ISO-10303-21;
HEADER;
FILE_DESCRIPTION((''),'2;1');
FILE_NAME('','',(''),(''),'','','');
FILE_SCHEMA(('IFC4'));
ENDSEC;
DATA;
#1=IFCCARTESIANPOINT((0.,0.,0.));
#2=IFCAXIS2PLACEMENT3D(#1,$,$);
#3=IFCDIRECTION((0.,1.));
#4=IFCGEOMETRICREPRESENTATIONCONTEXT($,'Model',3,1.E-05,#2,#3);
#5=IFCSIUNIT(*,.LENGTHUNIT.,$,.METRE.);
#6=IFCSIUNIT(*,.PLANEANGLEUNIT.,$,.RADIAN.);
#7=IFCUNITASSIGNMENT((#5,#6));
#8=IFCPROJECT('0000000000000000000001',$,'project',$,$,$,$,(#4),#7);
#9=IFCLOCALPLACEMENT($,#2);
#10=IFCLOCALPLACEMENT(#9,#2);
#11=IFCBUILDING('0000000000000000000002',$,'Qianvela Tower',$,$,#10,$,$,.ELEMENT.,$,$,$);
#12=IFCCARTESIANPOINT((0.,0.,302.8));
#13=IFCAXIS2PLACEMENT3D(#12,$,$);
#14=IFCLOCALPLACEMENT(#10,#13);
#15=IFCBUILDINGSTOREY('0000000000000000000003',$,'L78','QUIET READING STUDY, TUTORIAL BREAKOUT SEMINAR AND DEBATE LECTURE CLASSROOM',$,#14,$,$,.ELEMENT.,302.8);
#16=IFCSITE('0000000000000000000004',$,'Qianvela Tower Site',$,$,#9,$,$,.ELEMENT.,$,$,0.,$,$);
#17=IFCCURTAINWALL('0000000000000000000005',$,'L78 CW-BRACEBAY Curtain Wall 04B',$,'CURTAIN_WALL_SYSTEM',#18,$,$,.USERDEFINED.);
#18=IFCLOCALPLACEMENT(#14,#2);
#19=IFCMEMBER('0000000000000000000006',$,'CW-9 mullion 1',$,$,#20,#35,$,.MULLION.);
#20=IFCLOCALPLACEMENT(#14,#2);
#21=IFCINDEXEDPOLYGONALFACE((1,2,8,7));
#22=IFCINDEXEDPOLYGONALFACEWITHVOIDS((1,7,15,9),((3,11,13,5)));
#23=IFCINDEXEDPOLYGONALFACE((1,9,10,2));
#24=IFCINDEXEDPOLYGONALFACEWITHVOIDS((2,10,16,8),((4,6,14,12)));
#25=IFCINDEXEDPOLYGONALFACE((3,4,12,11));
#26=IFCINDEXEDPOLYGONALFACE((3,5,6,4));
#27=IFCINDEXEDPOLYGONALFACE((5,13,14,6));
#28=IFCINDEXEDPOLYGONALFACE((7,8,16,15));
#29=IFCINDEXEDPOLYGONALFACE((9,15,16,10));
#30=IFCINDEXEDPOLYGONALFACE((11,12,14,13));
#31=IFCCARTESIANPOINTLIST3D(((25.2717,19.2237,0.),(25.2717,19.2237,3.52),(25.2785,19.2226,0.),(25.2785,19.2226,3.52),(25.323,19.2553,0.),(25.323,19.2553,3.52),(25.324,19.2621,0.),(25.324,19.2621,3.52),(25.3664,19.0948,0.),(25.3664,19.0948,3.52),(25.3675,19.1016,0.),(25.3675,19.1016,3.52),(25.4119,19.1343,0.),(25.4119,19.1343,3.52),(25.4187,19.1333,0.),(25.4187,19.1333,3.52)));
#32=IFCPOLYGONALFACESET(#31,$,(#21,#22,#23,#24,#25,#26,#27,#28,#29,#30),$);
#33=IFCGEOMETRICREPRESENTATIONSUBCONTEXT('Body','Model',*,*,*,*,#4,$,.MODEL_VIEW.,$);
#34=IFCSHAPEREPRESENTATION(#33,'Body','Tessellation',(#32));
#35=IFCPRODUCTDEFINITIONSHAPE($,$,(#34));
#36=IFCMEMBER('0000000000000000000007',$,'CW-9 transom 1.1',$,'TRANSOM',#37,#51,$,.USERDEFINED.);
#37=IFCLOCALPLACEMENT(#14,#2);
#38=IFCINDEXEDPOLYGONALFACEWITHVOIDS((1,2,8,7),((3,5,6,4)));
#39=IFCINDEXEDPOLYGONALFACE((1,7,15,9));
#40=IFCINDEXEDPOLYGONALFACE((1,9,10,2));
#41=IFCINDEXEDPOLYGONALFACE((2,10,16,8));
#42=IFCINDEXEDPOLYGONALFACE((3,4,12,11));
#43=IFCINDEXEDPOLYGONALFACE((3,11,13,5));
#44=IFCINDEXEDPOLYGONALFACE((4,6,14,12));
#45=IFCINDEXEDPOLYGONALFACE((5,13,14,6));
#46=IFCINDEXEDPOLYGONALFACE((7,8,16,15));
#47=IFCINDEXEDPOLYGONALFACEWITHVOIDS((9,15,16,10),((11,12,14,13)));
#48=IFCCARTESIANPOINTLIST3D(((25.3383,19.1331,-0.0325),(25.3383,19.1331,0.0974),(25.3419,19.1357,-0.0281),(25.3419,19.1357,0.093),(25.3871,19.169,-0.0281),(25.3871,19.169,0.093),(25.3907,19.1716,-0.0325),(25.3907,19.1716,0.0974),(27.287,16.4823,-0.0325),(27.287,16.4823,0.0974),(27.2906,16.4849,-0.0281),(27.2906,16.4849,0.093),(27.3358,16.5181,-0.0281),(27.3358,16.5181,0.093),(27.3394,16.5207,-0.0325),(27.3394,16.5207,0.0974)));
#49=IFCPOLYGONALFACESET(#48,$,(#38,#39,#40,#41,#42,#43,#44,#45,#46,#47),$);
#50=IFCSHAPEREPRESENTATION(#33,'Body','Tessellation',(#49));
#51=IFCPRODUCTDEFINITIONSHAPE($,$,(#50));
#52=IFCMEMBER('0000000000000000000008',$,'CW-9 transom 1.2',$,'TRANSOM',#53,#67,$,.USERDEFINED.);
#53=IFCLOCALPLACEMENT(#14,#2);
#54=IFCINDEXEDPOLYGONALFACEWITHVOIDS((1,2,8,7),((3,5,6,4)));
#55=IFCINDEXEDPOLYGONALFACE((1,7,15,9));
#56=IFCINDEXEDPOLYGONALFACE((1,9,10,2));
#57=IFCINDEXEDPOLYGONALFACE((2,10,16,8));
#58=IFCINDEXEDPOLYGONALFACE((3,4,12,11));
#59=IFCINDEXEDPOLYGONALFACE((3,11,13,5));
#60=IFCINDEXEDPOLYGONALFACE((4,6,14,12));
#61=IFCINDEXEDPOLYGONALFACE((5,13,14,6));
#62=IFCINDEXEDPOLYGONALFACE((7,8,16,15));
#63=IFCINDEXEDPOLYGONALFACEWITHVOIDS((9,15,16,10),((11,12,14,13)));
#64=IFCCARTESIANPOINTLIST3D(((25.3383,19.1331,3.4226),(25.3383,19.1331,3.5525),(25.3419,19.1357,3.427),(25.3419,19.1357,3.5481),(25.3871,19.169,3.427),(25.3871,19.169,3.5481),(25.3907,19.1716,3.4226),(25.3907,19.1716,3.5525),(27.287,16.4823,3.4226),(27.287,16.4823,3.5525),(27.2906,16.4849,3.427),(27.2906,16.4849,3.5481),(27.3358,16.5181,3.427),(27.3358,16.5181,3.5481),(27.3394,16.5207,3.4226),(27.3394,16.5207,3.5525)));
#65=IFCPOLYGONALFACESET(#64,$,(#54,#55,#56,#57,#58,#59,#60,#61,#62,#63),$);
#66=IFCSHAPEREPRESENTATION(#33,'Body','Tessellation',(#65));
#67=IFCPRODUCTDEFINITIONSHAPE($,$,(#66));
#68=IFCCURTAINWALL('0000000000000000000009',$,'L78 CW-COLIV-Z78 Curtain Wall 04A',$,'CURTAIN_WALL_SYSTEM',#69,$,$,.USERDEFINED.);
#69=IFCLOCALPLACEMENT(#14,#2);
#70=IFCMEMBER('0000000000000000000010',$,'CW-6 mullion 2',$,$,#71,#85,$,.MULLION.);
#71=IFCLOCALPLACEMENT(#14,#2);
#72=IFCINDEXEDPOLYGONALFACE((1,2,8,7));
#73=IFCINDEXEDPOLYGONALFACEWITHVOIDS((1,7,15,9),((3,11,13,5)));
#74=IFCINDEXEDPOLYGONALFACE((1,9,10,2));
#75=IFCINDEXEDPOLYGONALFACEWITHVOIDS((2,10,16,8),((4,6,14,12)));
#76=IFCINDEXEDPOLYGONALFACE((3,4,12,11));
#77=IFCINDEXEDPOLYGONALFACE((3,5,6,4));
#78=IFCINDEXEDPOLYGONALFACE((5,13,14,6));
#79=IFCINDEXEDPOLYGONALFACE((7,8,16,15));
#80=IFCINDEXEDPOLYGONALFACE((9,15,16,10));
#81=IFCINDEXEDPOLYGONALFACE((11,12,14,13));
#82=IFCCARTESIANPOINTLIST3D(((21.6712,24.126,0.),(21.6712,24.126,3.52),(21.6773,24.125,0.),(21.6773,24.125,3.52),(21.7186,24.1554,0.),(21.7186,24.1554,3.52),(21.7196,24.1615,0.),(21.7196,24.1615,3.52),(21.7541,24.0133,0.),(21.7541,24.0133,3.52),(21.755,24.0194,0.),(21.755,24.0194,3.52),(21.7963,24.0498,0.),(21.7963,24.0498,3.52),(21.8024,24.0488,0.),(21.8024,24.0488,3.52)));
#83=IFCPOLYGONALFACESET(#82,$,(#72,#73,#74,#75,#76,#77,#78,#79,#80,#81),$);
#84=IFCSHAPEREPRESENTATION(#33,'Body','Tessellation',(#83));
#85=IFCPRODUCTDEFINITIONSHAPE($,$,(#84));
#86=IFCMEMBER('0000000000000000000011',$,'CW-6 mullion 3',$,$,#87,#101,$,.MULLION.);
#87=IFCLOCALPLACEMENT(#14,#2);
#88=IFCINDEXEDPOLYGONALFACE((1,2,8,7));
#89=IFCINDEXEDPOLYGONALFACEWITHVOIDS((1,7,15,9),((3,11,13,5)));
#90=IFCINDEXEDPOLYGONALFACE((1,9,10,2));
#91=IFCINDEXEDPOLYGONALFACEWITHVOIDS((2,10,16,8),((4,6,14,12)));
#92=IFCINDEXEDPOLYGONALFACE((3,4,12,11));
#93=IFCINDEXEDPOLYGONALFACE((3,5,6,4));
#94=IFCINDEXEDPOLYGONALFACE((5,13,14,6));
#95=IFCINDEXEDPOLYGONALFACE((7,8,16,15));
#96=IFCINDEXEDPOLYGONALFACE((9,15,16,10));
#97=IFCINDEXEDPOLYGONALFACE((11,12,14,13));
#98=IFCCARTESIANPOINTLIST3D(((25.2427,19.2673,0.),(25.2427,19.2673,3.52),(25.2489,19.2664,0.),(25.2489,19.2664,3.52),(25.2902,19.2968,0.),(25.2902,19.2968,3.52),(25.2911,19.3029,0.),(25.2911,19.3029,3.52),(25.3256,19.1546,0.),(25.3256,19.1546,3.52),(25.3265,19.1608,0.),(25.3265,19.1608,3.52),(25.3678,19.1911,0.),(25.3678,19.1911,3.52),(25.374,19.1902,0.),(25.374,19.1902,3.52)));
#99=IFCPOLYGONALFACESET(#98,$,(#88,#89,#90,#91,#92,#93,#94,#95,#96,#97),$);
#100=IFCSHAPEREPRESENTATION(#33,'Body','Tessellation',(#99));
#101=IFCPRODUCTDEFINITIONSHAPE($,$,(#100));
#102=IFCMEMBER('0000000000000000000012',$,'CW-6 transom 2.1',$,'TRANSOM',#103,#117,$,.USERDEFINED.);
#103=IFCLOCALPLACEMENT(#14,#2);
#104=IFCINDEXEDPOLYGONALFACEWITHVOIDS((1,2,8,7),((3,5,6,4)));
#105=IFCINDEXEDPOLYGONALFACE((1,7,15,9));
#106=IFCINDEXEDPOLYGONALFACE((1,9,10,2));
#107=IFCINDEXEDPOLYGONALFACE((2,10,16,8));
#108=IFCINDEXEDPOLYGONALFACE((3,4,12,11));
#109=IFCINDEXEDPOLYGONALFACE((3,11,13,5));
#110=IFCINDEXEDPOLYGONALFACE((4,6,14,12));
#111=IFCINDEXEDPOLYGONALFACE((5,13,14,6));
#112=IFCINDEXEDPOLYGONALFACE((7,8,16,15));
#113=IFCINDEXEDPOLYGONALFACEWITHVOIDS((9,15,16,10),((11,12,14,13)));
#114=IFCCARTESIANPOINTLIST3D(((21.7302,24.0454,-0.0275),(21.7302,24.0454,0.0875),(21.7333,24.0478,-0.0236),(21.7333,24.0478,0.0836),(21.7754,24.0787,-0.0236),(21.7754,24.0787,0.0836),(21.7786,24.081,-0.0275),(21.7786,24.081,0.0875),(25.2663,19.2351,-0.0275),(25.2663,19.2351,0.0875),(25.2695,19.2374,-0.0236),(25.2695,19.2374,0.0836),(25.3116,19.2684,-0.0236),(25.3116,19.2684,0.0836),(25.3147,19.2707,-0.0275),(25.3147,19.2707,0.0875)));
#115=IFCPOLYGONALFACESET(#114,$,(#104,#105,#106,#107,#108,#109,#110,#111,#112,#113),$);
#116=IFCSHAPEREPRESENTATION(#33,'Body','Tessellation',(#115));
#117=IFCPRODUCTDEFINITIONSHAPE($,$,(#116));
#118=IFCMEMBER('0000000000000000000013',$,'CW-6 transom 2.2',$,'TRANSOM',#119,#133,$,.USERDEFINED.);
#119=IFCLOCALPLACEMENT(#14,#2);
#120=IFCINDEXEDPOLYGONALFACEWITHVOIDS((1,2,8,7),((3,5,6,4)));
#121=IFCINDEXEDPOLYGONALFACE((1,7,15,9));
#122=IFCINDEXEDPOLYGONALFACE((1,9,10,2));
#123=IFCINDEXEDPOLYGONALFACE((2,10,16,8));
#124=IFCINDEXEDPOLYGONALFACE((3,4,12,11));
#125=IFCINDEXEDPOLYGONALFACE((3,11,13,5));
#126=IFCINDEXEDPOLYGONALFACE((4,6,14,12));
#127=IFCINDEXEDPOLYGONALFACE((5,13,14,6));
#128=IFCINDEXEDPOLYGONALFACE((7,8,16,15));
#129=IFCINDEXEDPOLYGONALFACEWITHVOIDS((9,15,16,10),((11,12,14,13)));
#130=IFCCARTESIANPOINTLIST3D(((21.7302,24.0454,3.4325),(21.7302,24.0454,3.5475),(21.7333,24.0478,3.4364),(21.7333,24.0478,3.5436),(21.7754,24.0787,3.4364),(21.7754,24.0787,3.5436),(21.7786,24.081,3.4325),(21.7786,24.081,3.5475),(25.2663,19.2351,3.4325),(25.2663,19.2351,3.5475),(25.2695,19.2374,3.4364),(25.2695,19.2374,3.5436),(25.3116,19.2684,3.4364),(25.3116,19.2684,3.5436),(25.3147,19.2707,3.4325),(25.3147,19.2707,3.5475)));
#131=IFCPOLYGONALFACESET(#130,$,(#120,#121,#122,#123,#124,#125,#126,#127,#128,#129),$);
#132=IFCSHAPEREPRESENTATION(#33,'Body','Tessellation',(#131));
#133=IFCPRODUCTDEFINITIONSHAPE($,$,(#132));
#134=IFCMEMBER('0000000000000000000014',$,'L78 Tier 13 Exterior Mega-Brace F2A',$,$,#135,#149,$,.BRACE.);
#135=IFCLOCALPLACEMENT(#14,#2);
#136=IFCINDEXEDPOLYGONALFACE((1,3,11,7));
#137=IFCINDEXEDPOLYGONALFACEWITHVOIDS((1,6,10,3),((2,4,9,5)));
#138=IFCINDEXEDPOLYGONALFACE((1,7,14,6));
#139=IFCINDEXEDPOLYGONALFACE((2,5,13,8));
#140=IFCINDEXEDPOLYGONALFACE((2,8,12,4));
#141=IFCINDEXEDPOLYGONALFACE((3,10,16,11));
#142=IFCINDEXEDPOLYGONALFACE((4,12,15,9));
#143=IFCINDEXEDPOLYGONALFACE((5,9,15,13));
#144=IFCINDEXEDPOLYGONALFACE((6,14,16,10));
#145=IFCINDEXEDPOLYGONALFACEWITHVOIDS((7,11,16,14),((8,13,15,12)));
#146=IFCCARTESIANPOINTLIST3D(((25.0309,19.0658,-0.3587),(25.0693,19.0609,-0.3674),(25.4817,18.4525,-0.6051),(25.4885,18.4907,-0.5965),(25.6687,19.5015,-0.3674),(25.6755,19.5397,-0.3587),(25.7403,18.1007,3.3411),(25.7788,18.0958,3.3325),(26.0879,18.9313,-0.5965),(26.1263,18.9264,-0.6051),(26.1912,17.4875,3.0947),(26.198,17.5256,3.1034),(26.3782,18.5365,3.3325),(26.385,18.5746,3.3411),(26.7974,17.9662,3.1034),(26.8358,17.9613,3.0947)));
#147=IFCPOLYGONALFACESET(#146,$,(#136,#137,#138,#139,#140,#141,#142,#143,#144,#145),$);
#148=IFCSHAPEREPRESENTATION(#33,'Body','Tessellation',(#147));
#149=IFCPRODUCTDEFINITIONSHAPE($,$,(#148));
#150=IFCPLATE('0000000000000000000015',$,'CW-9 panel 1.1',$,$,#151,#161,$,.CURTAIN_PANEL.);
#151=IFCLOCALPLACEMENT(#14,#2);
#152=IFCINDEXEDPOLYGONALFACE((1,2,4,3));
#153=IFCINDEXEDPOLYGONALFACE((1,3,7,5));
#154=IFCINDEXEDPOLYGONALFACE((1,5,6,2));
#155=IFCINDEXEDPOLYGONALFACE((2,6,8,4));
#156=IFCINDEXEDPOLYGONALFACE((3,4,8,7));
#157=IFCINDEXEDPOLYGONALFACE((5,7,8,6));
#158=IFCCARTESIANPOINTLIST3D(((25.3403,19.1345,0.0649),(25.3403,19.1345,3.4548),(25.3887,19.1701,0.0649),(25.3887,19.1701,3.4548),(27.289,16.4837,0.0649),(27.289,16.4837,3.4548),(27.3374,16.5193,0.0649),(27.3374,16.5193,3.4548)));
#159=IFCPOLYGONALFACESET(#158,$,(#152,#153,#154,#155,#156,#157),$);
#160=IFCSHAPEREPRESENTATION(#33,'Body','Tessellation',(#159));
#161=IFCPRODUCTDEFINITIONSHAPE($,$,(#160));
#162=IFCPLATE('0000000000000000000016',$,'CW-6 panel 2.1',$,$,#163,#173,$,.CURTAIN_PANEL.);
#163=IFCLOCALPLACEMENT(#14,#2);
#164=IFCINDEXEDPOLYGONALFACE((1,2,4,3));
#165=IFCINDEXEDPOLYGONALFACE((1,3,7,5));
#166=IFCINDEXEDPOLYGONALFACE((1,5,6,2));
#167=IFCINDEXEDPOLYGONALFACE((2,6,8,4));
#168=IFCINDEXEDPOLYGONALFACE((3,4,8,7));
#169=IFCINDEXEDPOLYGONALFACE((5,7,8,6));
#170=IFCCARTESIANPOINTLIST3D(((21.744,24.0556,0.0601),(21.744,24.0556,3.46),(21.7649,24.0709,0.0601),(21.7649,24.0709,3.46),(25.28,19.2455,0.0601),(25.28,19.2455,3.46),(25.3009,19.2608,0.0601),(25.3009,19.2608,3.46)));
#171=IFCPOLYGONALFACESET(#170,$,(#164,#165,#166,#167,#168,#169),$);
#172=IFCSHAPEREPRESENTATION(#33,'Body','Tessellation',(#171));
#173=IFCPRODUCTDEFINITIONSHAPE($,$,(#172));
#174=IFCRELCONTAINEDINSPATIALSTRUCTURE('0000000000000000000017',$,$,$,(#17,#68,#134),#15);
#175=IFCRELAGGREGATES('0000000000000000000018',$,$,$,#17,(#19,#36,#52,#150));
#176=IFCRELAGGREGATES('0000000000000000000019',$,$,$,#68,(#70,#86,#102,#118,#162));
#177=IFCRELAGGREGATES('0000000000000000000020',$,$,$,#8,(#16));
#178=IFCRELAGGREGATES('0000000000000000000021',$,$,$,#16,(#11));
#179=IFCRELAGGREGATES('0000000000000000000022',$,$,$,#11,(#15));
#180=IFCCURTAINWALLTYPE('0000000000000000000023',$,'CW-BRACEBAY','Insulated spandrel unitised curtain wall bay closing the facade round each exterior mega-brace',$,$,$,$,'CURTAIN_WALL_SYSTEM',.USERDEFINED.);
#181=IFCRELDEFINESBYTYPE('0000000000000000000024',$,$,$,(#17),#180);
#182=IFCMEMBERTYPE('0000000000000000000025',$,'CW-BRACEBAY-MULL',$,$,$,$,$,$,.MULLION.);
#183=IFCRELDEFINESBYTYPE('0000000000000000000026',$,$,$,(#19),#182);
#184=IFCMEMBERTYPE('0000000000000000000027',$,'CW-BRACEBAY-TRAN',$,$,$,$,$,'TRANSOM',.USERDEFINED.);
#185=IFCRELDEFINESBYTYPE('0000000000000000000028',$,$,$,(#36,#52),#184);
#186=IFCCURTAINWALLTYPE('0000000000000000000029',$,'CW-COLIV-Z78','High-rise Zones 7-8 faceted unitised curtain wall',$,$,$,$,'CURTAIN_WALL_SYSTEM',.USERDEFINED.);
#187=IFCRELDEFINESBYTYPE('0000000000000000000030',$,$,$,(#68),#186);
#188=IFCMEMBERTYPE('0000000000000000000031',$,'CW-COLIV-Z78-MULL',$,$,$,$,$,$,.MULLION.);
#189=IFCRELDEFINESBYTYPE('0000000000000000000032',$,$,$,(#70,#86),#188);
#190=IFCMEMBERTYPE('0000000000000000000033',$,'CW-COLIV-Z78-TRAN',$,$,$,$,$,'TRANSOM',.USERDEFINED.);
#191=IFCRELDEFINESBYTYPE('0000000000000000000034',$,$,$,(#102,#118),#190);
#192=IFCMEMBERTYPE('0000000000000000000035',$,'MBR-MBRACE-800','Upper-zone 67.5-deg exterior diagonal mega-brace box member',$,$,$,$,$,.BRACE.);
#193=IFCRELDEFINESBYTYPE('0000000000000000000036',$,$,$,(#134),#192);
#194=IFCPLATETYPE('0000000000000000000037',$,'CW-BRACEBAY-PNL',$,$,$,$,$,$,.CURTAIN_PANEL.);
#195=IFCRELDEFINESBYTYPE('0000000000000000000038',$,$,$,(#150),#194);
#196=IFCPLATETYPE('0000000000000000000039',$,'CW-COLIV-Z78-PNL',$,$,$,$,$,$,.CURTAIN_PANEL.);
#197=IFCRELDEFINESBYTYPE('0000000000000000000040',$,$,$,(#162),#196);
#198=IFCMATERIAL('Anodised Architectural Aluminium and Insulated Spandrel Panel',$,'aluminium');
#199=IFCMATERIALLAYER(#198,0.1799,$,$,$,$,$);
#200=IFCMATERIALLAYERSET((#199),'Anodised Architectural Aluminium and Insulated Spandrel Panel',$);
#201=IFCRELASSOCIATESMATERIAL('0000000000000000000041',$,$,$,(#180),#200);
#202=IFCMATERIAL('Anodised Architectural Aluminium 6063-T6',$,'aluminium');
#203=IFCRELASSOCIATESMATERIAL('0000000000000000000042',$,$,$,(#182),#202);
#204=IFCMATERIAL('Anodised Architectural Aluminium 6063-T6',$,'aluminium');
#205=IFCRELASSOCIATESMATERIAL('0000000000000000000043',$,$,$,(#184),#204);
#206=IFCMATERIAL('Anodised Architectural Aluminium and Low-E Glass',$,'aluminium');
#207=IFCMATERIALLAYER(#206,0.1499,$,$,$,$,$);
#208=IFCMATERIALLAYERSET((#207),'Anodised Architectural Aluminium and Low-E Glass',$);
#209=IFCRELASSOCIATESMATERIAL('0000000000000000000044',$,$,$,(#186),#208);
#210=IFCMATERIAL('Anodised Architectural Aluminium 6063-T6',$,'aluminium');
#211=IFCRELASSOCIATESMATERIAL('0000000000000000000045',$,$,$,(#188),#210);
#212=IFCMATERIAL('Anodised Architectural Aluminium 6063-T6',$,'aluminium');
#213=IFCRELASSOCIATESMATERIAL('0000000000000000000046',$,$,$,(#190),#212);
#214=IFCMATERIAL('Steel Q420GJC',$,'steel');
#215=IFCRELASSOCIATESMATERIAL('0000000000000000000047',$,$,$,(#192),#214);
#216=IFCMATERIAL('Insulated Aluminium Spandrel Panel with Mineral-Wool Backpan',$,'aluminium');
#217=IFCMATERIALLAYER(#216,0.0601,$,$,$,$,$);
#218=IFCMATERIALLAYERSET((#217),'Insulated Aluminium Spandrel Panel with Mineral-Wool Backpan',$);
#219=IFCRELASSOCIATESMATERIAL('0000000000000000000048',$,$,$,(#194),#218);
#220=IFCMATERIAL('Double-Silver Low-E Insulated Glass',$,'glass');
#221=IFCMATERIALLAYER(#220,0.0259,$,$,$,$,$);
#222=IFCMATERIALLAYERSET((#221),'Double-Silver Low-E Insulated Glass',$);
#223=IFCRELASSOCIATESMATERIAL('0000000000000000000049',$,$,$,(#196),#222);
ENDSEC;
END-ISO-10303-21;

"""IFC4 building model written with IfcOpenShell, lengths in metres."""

from ifc_helpers import new_model, si_unit, direction, frame, origin, origin_2d, place, context, subcontext, project, spatial, rectangle, hollow_rectangle, extrude, material, layer, layer_set, material_profile, profile_set, type_object, element, aggregate, save


model = new_model("IFC4")

# Units and contexts
model_context = context("Model", 3, precision=1e-05, world=origin(), true_north=direction((0.0, 1.0)))
body_context = subcontext(model_context, "Body", "Model", "MODEL_VIEW")
ifc_project = project(units=[si_unit("LENGTHUNIT", "METRE"), si_unit("PLANEANGLEUNIT", "RADIAN")], contexts=[model_context])

# Site, building, storey
site_placement = place(None, origin())
site = spatial("IfcSite", under=ifc_project, at=site_placement, Name="Qianvela Tower Site", CompositionType="ELEMENT", RefElevation=0.0)
building_placement = place(site_placement, origin())
building = spatial("IfcBuilding", under=site, at=building_placement, Name="Qianvela Tower", CompositionType="ELEMENT")
storey_placement = place(building_placement, frame((0.0, 0.0, 302.8)))
storey = spatial("IfcBuildingStorey", under=building, at=storey_placement, Name="L78", Description="QUIET READING STUDY, TUTORIAL BREAKOUT SEMINAR AND DEBATE LECTURE CLASSROOM", CompositionType="ELEMENT", Elevation=302.8)

# Curtain walls, members
ifc_material_1 = material(Name="Anodised Architectural Aluminium and Insulated Spandrel Panel", Category="aluminium")
ifc_layer_1 = layer(ifc_material_1, 0.1799)
ifc_layer_set_1 = layer_set([ifc_layer_1], Name="Anodised Architectural Aluminium and Insulated Spandrel Panel")
curtain_wall_type_1 = type_object("IfcCurtainWallType", Name="CW-BRACEBAY", Description="Insulated spandrel unitised curtain wall bay closing the facade round each exterior mega-brace", ElementType="CURTAIN_WALL_SYSTEM", PredefinedType="USERDEFINED", material=ifc_layer_set_1)
curtain_wall_1_placement = place(storey_placement, origin())
curtain_wall_1 = element("IfcCurtainWall", 1, at=curtain_wall_1_placement, inside=storey, type_object=curtain_wall_type_1, Name="L78 CW-BRACEBAY Curtain Wall 04B", ObjectType="CURTAIN_WALL_SYSTEM", PredefinedType="USERDEFINED")
ifc_material_2 = material(Name="Anodised Architectural Aluminium 6063-T6", Category="aluminium")
ifc_material_profile_1 = material_profile(ifc_material_2, hollow_rectangle(XDim=0.0649, YDim=0.1599, WallThickness=0.0049, at=origin_2d()), Name="ALU-MULL-65x160")
ifc_profile_set_1 = profile_set([ifc_material_profile_1], Name="Anodised Architectural Aluminium 6063-T6")
member_type_1 = type_object("IfcMemberType", Name="CW-BRACEBAY-MULL", PredefinedType="MULLION", material=ifc_profile_set_1)
member_1_placement = place(storey_placement, frame((25.3452, 19.1785, 0.0), z_axis=(0.0, 0.0, 1.0), x_axis=(0.805717, 0.5923, 0.0)))
member_1 = element("IfcMember", 2, at=member_1_placement, type_object=member_type_1, Name="CW-9 mullion 1", PredefinedType="MULLION", context=body_context, shape_type="SweptSolid", body=[
    extrude(hollow_rectangle(XDim=0.0649, YDim=0.1599, WallThickness=0.0049, at=origin_2d()), origin(), (0.0, 0.0, 1.0), 3.52),
])
ifc_material_3 = material(Name="Anodised Architectural Aluminium 6063-T6", Category="aluminium")
ifc_material_profile_2 = material_profile(ifc_material_3, hollow_rectangle(XDim=0.0649, YDim=0.1299, WallThickness=0.0044, at=origin_2d()), Name="ALU-TRAN-65x130")
ifc_profile_set_2 = profile_set([ifc_material_profile_2], Name="Anodised Architectural Aluminium 6063-T6")
member_type_2 = type_object("IfcMemberType", Name="CW-BRACEBAY-TRAN", ElementType="TRANSOM", PredefinedType="USERDEFINED", material=ifc_profile_set_2)
member_2_placement = place(storey_placement, frame((25.3645, 19.1523, 0.0325), z_axis=(0.592303, -0.805716, 0.0), x_axis=(0.805716, 0.592303, 0.0)))
member_2 = element("IfcMember", 3, at=member_2_placement, type_object=member_type_2, Name="CW-9 transom 1.1", ObjectType="TRANSOM", PredefinedType="USERDEFINED", context=body_context, shape_type="SweptSolid", body=[
    extrude(hollow_rectangle(XDim=0.0649, YDim=0.1299, WallThickness=0.0044, at=origin_2d()), origin(), (0.0, 0.0, 1.0), 3.29),
])
member_3_placement = place(storey_placement, frame((25.3645, 19.1523, 3.4875), z_axis=(0.592303, -0.805716, 0.0), x_axis=(0.805716, 0.592303, 0.0)))
member_3 = element("IfcMember", 4, at=member_3_placement, type_object=member_type_2, Name="CW-9 transom 1.2", ObjectType="TRANSOM", PredefinedType="USERDEFINED", context=body_context, shape_type="SweptSolid", body=[
    extrude(hollow_rectangle(XDim=0.0649, YDim=0.1299, WallThickness=0.0044, at=origin_2d()), origin(), (0.0, 0.0, 1.0), 3.29),
])
ifc_material_4 = material(Name="Anodised Architectural Aluminium and Low-E Glass", Category="aluminium")
ifc_layer_2 = layer(ifc_material_4, 0.1499)
ifc_layer_set_2 = layer_set([ifc_layer_2], Name="Anodised Architectural Aluminium and Low-E Glass")
curtain_wall_type_2 = type_object("IfcCurtainWallType", Name="CW-COLIV-Z78", Description="High-rise Zones 7-8 faceted unitised curtain wall", ElementType="CURTAIN_WALL_SYSTEM", PredefinedType="USERDEFINED", material=ifc_layer_set_2)
curtain_wall_2_placement = place(storey_placement, origin())
curtain_wall_2 = element("IfcCurtainWall", 5, at=curtain_wall_2_placement, inside=storey, type_object=curtain_wall_type_2, Name="L78 CW-COLIV-Z78 Curtain Wall 04A", ObjectType="CURTAIN_WALL_SYSTEM", PredefinedType="USERDEFINED")
ifc_material_5 = material(Name="Anodised Architectural Aluminium 6063-T6", Category="aluminium")
ifc_material_profile_3 = material_profile(ifc_material_5, hollow_rectangle(XDim=0.0601, YDim=0.1399, WallThickness=0.0044, at=origin_2d()), Name="ALU-MULL-60x140")
ifc_profile_set_3 = profile_set([ifc_material_profile_3], Name="Anodised Architectural Aluminium 6063-T6")
member_type_3 = type_object("IfcMemberType", Name="CW-COLIV-Z78-MULL", PredefinedType="MULLION", material=ifc_profile_set_3)
member_4_placement = place(storey_placement, frame((21.7368, 24.0874, 0.0), z_axis=(0.0, 0.0, 1.0), x_axis=(0.805721, 0.592296, 0.0)))
member_4 = element("IfcMember", 6, at=member_4_placement, type_object=member_type_3, Name="CW-6 mullion 2", PredefinedType="MULLION", context=body_context, shape_type="SweptSolid", body=[
    extrude(hollow_rectangle(XDim=0.0601, YDim=0.1399, WallThickness=0.0044, at=origin_2d()), origin(), (0.0, 0.0, 1.0), 3.52),
])
member_5_placement = place(storey_placement, frame((25.3083, 19.2288, 0.0), z_axis=(0.0, 0.0, 1.0), x_axis=(0.805721, 0.592296, 0.0)))
member_5 = element("IfcMember", 7, at=member_5_placement, type_object=member_type_3, Name="CW-6 mullion 3", PredefinedType="MULLION", context=body_context, shape_type="SweptSolid", body=[
    extrude(hollow_rectangle(XDim=0.0601, YDim=0.1399, WallThickness=0.0044, at=origin_2d()), origin(), (0.0, 0.0, 1.0), 3.52),
])
ifc_material_6 = material(Name="Anodised Architectural Aluminium 6063-T6", Category="aluminium")
ifc_material_profile_4 = material_profile(ifc_material_6, hollow_rectangle(XDim=0.0601, YDim=0.115, WallThickness=0.0039, at=origin_2d()), Name="ALU-TRAN-60x115")
ifc_profile_set_4 = profile_set([ifc_material_profile_4], Name="Anodised Architectural Aluminium 6063-T6")
member_type_4 = type_object("IfcMemberType", Name="CW-COLIV-Z78-TRAN", ElementType="TRANSOM", PredefinedType="USERDEFINED", material=ifc_profile_set_4)
member_6_placement = place(storey_placement, frame((21.7544, 24.0632, 0.03), z_axis=(0.592298, -0.805719, 0.0), x_axis=(0.805719, 0.592298, 0.0)))
member_6 = element("IfcMember", 8, at=member_6_placement, type_object=member_type_4, Name="CW-6 transom 2.1", ObjectType="TRANSOM", PredefinedType="USERDEFINED", context=body_context, shape_type="SweptSolid", body=[
    extrude(hollow_rectangle(XDim=0.0601, YDim=0.115, WallThickness=0.0039, at=origin_2d()), origin(), (0.0, 0.0, 1.0), 5.9702),
])
member_7_placement = place(storey_placement, frame((21.7544, 24.0632, 3.49), z_axis=(0.592298, -0.805719, 0.0), x_axis=(0.805719, 0.592298, 0.0)))
member_7 = element("IfcMember", 9, at=member_7_placement, type_object=member_type_4, Name="CW-6 transom 2.2", ObjectType="TRANSOM", PredefinedType="USERDEFINED", context=body_context, shape_type="SweptSolid", body=[
    extrude(hollow_rectangle(XDim=0.0601, YDim=0.115, WallThickness=0.0039, at=origin_2d()), origin(), (0.0, 0.0, 1.0), 5.9702),
])

# Member
ifc_material_7 = material(Name="Steel Q420GJC", Category="steel")
ifc_material_profile_5 = material_profile(ifc_material_7, hollow_rectangle(XDim=0.8, YDim=0.8, WallThickness=0.0281, at=origin_2d()), Name="MBOX-800x800x28")
ifc_profile_set_5 = profile_set([ifc_material_profile_5], Name="Steel Q420GJC")
member_type_5 = type_object("IfcMemberType", Name="MBR-MBRACE-800", Description="Upper-zone 67.5-deg exterior diagonal mega-brace box member", PredefinedType="BRACE", material=ifc_profile_set_5)
member_8_placement = place(storey_placement, frame((25.5786, 18.9961, -0.4819), z_axis=(0.18243, -0.248158, 0.951387), x_axis=(0.805711, 0.592309, 0.0)))
element("IfcMember", 10, at=member_8_placement, inside=storey, type_object=member_type_5, Name="L78 Tier 13 Exterior Mega-Brace F2A", PredefinedType="BRACE", context=body_context, shape_type="SweptSolid", body=[
    extrude(hollow_rectangle(XDim=0.8, YDim=0.8, WallThickness=0.0281, at=origin_2d()), origin(), (0.0, 0.0, 1.0), 3.8889),
])

# Plates
ifc_material_8 = material(Name="Insulated Aluminium Spandrel Panel with Mineral-Wool Backpan", Category="aluminium")
ifc_layer_3 = layer(ifc_material_8, 0.0601)
ifc_layer_set_3 = layer_set([ifc_layer_3], Name="Insulated Aluminium Spandrel Panel with Mineral-Wool Backpan")
plate_type_1 = type_object("IfcPlateType", Name="CW-BRACEBAY-PNL", PredefinedType="CURTAIN_PANEL", material=ifc_layer_set_3)
plate_1_placement = place(storey_placement, frame((26.3389, 17.8269, 0.0649), z_axis=(0.0, 0.0, 1.0), x_axis=(0.5923, -0.805717, 0.0)))
plate_1 = element("IfcPlate", 11, at=plate_1_placement, type_object=plate_type_1, Name="CW-9 panel 1.1", PredefinedType="CURTAIN_PANEL", context=body_context, shape_type="SweptSolid", body=[
    extrude(rectangle(XDim=3.29, YDim=0.0601, at=origin_2d()), origin(), (0.0, 0.0, 1.0), 3.3899),
])
aggregate(curtain_wall_1, [member_1, member_2, member_3, plate_1])
ifc_material_9 = material(Name="Double-Silver Low-E Insulated Glass", Category="glass")
ifc_layer_4 = layer(ifc_material_9, 0.0259)
ifc_layer_set_4 = layer_set([ifc_layer_4], Name="Double-Silver Low-E Insulated Glass")
plate_type_2 = type_object("IfcPlateType", Name="CW-COLIV-Z78-PNL", PredefinedType="CURTAIN_PANEL", material=ifc_layer_set_4)
plate_2_placement = place(storey_placement, frame((23.5225, 21.6582, 0.0601), z_axis=(0.0, 0.0, 1.0), x_axis=(0.592296, -0.805721, 0.0)))
plate_2 = element("IfcPlate", 12, at=plate_2_placement, type_object=plate_type_2, Name="CW-6 panel 2.1", PredefinedType="CURTAIN_PANEL", context=body_context, shape_type="SweptSolid", body=[
    extrude(rectangle(XDim=5.97, YDim=0.0259, at=origin_2d()), origin(), (0.0, 0.0, 1.0), 3.3999),
])
aggregate(curtain_wall_2, [member_4, member_5, member_6, member_7, plate_2])

save(model, "model.ifc")
